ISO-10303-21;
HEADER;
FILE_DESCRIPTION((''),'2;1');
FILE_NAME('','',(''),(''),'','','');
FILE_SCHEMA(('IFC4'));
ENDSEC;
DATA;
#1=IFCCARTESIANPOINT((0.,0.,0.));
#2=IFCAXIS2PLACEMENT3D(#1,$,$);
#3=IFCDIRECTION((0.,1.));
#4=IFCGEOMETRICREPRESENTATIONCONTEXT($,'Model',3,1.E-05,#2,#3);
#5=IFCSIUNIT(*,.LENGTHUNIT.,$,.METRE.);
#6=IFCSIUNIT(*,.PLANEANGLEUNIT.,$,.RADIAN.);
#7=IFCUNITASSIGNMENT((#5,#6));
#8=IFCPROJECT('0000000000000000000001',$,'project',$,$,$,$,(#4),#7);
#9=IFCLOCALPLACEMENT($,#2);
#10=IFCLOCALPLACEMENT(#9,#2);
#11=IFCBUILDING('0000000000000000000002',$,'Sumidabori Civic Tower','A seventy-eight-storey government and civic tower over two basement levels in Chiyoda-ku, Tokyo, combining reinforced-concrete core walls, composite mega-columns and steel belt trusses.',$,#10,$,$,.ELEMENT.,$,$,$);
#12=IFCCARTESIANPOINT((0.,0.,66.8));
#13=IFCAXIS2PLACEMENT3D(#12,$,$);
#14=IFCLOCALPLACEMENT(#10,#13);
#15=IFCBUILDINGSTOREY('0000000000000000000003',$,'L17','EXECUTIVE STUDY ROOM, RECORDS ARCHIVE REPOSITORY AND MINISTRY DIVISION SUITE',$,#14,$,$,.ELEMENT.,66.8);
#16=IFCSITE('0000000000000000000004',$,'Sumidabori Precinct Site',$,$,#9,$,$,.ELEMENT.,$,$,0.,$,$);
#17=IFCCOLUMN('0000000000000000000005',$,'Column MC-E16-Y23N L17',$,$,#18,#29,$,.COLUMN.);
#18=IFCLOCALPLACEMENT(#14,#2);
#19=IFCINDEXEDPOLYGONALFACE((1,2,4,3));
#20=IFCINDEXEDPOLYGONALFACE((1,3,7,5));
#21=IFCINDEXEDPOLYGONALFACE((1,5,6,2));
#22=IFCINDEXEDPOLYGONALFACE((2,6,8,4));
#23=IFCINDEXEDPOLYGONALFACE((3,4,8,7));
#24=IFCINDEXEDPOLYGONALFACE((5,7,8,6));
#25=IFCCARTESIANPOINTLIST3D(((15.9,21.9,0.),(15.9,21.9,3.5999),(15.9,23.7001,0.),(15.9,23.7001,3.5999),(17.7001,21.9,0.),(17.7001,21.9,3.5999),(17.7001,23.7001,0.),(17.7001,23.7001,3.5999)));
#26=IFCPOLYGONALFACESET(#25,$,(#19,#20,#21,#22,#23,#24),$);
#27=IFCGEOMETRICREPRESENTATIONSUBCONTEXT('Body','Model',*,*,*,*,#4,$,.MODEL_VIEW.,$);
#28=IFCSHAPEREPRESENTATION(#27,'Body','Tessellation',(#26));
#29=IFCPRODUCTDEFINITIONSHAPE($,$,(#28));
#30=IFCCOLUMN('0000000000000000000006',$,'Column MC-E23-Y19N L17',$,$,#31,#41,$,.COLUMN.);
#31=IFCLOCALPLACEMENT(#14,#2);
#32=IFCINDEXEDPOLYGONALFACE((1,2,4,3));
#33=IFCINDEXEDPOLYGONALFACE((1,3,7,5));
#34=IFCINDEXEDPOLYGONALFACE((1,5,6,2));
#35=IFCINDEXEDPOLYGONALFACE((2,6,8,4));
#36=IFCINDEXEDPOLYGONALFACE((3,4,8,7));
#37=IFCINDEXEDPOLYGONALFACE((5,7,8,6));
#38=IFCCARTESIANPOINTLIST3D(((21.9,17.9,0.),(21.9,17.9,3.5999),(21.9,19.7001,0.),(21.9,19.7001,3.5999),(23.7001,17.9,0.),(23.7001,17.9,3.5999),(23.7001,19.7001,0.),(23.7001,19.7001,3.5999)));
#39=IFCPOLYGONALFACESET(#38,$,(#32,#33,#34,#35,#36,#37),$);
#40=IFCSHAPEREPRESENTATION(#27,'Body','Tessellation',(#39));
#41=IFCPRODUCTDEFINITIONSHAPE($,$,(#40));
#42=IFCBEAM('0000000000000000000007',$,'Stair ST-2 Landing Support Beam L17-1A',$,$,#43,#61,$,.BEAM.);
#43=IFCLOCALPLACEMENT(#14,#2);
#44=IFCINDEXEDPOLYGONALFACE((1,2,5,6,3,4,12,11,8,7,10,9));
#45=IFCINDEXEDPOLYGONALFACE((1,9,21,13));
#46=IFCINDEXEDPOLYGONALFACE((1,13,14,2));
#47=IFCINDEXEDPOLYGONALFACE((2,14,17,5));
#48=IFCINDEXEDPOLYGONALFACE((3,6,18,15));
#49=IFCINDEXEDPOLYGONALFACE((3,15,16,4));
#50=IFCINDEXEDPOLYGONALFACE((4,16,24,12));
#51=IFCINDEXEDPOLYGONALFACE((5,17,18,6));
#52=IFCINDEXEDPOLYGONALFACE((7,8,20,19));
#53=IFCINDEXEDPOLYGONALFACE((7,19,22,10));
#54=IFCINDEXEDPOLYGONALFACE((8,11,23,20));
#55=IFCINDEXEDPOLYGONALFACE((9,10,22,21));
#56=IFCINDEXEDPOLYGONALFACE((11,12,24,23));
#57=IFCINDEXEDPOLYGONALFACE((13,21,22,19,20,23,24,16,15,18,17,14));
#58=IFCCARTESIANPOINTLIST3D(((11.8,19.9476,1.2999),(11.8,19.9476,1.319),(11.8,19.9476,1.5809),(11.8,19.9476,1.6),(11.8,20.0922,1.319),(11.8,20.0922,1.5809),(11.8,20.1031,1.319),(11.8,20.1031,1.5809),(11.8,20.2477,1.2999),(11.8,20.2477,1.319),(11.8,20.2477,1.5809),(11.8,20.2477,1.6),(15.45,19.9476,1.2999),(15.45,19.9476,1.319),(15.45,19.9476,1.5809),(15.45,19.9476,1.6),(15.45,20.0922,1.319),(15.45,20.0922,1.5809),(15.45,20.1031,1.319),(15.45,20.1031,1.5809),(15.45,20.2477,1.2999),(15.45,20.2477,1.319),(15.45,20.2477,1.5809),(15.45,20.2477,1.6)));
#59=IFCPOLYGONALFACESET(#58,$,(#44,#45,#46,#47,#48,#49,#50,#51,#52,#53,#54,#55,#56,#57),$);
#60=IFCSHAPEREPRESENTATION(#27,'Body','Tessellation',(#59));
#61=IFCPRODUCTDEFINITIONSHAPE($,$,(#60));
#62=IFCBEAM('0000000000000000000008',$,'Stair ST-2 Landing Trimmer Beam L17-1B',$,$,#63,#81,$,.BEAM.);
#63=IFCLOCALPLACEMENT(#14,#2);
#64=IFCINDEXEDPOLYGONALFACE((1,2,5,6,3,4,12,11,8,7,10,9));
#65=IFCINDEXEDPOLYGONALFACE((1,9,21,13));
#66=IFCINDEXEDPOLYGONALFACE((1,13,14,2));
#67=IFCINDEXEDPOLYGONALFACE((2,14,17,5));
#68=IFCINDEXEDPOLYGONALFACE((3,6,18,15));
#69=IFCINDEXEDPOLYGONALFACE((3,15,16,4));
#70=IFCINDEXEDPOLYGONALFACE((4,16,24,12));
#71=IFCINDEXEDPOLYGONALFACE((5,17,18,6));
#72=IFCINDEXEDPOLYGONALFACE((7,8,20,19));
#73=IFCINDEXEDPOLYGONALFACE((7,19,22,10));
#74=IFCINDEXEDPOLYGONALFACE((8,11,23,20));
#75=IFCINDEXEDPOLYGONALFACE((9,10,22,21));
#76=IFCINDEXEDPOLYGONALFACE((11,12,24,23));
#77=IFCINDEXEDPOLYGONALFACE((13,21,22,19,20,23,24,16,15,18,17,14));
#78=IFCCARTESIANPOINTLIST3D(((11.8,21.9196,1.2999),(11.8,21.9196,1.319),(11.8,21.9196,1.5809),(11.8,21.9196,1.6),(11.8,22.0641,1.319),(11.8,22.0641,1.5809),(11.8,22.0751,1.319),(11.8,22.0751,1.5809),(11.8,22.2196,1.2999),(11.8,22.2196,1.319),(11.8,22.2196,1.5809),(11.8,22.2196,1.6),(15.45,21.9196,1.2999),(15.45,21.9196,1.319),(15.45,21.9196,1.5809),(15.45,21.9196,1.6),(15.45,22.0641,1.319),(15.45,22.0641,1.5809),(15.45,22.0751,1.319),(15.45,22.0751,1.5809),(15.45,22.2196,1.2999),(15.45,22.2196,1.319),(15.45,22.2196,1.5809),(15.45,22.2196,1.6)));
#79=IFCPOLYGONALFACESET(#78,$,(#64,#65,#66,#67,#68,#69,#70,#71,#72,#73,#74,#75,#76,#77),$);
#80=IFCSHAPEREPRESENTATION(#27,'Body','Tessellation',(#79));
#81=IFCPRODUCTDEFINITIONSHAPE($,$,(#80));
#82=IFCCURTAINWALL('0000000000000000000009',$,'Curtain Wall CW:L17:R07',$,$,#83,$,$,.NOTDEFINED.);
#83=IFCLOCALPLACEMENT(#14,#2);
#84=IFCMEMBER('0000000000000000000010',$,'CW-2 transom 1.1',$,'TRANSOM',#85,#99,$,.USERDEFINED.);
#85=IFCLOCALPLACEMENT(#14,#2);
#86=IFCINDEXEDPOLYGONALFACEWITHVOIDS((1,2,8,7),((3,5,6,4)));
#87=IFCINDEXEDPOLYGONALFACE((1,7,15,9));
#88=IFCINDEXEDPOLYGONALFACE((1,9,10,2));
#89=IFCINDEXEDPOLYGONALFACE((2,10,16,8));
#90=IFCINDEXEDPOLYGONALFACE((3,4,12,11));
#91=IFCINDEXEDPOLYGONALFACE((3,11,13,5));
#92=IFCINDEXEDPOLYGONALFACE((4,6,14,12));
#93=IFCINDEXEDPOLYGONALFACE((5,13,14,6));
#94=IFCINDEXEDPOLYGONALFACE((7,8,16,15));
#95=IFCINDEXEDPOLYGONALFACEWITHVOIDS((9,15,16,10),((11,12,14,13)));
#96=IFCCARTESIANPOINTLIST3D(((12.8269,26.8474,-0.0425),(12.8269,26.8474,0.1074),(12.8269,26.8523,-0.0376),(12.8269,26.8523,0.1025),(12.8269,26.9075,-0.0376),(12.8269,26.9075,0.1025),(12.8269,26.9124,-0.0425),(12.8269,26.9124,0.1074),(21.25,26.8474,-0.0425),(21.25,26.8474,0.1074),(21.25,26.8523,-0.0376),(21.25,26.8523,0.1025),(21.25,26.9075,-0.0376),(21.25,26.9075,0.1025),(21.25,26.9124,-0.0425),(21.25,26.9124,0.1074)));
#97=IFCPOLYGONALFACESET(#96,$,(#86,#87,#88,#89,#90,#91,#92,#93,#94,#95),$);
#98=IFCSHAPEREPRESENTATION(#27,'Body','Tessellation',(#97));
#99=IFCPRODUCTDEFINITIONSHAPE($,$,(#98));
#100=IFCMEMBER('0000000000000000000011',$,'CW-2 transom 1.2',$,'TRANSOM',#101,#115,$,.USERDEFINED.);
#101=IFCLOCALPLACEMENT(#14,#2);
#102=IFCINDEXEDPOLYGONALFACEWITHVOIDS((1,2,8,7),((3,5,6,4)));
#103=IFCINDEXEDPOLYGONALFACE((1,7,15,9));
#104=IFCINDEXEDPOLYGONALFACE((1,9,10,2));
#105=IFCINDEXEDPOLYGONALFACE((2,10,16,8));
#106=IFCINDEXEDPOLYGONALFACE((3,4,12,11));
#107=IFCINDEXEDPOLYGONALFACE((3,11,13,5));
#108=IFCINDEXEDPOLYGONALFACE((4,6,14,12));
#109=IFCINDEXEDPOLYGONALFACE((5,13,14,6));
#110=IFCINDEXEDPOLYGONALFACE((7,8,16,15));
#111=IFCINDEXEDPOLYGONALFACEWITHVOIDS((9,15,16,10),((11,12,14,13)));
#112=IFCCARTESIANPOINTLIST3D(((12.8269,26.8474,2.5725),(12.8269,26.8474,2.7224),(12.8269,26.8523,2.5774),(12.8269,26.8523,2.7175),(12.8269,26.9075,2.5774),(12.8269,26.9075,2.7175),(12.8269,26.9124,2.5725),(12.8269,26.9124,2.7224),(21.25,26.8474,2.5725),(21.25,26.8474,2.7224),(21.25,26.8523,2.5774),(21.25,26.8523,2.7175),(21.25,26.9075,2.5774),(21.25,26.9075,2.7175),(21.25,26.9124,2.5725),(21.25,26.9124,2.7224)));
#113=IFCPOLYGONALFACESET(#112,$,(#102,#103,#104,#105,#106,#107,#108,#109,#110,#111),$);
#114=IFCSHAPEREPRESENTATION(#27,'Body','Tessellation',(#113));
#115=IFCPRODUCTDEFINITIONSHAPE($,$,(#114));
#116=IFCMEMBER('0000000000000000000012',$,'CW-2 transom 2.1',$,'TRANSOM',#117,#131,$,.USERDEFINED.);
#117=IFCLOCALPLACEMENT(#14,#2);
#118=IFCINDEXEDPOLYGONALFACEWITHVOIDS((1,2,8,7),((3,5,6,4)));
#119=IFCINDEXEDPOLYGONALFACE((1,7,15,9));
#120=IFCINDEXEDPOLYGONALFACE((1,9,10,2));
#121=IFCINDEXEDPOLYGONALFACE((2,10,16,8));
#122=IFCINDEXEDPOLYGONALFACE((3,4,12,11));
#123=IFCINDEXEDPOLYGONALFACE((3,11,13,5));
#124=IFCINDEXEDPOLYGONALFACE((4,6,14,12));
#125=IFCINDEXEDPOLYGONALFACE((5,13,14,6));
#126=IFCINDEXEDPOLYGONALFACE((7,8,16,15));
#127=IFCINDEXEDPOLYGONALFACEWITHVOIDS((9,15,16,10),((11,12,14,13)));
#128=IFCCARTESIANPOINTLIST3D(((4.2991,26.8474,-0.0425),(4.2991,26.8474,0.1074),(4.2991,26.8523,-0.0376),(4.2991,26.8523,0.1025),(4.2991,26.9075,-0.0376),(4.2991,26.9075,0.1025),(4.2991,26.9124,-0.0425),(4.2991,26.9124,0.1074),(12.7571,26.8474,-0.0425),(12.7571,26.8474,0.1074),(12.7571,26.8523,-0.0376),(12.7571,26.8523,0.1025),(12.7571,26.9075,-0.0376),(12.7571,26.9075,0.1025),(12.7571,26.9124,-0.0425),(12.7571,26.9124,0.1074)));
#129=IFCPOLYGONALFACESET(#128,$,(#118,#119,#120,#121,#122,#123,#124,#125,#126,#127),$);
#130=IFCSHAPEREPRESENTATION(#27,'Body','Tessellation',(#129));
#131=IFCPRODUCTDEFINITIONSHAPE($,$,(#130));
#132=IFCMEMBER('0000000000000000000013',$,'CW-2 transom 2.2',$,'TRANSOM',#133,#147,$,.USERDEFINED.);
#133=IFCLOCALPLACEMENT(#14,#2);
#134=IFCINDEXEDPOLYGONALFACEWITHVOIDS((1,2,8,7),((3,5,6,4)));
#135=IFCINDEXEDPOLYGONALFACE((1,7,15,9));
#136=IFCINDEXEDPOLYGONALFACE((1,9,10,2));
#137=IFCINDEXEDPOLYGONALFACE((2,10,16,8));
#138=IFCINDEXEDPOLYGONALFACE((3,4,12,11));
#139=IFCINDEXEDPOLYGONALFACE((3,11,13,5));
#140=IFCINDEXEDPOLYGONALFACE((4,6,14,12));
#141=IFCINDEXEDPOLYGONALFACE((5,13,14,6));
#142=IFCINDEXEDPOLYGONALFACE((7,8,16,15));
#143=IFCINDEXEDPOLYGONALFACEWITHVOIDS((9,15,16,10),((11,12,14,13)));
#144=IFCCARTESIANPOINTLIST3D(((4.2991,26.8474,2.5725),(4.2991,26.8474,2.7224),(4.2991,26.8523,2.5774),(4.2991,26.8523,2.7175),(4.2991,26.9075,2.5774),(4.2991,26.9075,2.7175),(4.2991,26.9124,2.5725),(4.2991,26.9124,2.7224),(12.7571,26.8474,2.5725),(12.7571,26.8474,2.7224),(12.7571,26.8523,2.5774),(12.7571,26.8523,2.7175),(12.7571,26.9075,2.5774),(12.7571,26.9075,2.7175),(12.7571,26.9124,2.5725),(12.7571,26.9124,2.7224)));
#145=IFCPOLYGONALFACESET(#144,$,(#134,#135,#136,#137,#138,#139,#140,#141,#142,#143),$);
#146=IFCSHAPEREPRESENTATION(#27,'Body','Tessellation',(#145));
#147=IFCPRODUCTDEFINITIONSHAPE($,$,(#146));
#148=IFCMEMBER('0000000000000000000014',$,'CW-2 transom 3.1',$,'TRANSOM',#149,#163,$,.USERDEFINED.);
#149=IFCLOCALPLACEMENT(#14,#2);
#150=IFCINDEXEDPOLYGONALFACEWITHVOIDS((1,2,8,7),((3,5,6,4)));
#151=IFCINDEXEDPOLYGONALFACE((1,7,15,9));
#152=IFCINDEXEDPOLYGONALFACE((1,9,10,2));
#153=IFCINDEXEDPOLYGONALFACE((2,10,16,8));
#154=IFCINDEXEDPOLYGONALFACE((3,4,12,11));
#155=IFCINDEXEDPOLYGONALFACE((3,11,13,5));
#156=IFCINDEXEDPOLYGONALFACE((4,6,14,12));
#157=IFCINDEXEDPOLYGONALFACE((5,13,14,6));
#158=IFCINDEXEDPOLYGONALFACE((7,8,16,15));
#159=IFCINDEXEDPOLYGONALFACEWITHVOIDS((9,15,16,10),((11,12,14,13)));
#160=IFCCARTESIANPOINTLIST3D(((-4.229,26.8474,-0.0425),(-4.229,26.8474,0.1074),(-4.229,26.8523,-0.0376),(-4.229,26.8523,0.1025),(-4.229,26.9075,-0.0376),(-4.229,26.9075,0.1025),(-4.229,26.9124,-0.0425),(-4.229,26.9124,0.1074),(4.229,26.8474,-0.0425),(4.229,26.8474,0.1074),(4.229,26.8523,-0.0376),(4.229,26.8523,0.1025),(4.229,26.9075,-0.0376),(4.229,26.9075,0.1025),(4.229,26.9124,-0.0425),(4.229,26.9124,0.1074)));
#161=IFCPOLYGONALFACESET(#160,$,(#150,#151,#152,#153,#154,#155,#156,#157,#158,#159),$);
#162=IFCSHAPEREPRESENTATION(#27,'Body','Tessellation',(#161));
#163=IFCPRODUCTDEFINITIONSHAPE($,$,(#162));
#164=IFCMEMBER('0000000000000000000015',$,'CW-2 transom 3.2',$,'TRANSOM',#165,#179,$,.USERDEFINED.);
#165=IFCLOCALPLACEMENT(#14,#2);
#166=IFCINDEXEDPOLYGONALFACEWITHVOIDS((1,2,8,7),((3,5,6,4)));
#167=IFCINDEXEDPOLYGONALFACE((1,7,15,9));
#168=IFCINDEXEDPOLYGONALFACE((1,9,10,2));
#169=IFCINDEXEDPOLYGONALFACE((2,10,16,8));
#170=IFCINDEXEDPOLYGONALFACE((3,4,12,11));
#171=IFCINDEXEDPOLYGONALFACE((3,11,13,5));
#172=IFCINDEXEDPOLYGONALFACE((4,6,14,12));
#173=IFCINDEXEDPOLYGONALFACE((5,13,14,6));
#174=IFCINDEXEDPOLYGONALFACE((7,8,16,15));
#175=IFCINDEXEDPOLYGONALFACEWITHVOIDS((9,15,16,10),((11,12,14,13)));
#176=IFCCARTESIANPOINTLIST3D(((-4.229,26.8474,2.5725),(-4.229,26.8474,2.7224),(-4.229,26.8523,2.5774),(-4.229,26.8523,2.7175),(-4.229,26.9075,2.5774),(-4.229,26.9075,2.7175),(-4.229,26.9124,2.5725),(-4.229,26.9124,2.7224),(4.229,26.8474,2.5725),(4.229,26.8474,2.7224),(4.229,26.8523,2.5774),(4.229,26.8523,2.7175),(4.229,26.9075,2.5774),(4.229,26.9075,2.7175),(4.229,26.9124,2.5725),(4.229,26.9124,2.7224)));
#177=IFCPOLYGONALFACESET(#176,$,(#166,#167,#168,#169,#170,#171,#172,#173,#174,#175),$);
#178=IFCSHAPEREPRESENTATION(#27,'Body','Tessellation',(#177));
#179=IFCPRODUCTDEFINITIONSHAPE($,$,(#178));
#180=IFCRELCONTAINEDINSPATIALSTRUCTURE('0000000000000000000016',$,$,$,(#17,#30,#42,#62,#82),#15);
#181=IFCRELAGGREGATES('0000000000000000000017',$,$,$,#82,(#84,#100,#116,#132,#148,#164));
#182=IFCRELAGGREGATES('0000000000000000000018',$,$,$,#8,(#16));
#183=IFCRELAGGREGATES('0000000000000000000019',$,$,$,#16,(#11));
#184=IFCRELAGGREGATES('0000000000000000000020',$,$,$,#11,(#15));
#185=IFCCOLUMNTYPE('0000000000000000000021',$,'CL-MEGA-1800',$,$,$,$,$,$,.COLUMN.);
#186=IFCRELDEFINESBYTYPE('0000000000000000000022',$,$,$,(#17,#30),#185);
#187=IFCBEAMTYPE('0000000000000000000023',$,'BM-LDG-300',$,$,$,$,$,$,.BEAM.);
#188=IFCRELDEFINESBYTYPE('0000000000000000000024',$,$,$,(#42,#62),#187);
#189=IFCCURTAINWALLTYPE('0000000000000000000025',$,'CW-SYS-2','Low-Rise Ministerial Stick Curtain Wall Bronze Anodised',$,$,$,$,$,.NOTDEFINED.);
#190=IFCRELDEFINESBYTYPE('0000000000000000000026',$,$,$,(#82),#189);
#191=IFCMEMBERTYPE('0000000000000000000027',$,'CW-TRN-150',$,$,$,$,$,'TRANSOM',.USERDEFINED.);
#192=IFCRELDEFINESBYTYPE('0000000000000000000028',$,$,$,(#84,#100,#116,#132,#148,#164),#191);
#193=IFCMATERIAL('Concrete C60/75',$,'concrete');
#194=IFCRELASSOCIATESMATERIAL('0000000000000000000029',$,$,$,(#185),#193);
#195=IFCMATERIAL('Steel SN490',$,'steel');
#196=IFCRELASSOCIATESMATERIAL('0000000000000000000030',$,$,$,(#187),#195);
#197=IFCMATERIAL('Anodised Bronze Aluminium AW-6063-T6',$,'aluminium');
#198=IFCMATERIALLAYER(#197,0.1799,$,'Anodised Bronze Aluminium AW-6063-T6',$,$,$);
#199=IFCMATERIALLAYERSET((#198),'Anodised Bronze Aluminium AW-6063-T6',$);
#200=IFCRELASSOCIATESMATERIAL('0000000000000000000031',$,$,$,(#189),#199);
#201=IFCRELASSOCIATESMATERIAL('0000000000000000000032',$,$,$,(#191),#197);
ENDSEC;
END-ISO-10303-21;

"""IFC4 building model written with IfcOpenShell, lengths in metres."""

from ifc_helpers import new_model, si_unit, direction, frame, origin, origin_2d, place, context, subcontext, project, spatial, rectangle, hollow_rectangle, i_section, extrude, source, transform, mapped, material, layer, layer_set, material_profile, profile_set, type_object, element, aggregate, save


model = new_model("IFC4")

# Units and contexts
model_context = context("Model", 3, precision=1e-05, world=origin(), true_north=direction((0.0, 1.0)))
body_context = subcontext(model_context, "Body", "Model", "MODEL_VIEW")
ifc_project = project(units=[si_unit("LENGTHUNIT", "METRE"), si_unit("PLANEANGLEUNIT", "RADIAN")], contexts=[model_context])

# Site, building, storey
site_placement = place(None, origin())
site = spatial("IfcSite", under=ifc_project, at=site_placement, Name="Sumidabori Precinct Site", CompositionType="ELEMENT", RefElevation=0.0)
building_placement = place(site_placement, origin())
building = spatial("IfcBuilding", under=site, at=building_placement, Name="Sumidabori Civic Tower", Description="A seventy-eight-storey government and civic tower over two basement levels in Chiyoda-ku, Tokyo, combining reinforced-concrete core walls, composite mega-columns and steel belt trusses.", CompositionType="ELEMENT")
storey_placement = place(building_placement, frame((0.0, 0.0, 66.8)))
storey = spatial("IfcBuildingStorey", under=building, at=storey_placement, Name="L17", Description="EXECUTIVE STUDY ROOM, RECORDS ARCHIVE REPOSITORY AND MINISTRY DIVISION SUITE", CompositionType="ELEMENT", Elevation=66.8)

# Columns
ifc_material_1 = material(Name="Concrete C60/75", Category="concrete")
ifc_material_profile_1 = material_profile(ifc_material_1, rectangle(XDim=1.8, YDim=1.8, at=origin_2d()), Name="RC 1800x1800")
ifc_profile_set_1 = profile_set([ifc_material_profile_1], Name="Concrete C60/75")
column_type = type_object("IfcColumnType", Name="CL-MEGA-1800", PredefinedType="COLUMN", material=ifc_profile_set_1)
shared_shape_1 = source(origin(), body_context, "Body", "SweptSolid", [
    extrude(rectangle(XDim=1.8, YDim=1.8, at=origin_2d()), origin(), (0.0, 0.0, 1.0), 3.5999),
])
for number, where, z_axis, x_axis, name in (
    (1, (16.8, 22.8, 0.0), (0.0, 0.0, 1.0), (1.0, 0.0, 0.0), "Column MC-E16-Y23N L17"),
    (2, (22.8, 18.8, 0.0), (0.0, 0.0, 1.0), (1.0, 0.0, 0.0), "Column MC-E23-Y19N L17"),
):
    element("IfcColumn", number, at=place(storey_placement, frame(where, z_axis=z_axis, x_axis=x_axis)), inside=storey, type_object=column_type, Name=name, PredefinedType="COLUMN", context=body_context, shape_type="MappedRepresentation", body=[
        mapped(shared_shape_1, transform((0.0, 0.0, 0.0), x_axis=(1.0, 0.0, 0.0), y_axis=(0.0, 1.0, 0.0), z_axis=(0.0, 0.0, 1.0), scale=1.0)),
    ])

# Beams
ifc_material_2 = material(Name="Steel SN490", Category="steel")
ifc_material_profile_2 = material_profile(ifc_material_2, i_section(OverallWidth=0.3, OverallDepth=0.3, WebThickness=0.011, FlangeThickness=0.019, at=origin_2d()), Name="HE 300 B")
ifc_profile_set_2 = profile_set([ifc_material_profile_2], Name="Steel SN490")
beam_type = type_object("IfcBeamType", Name="BM-LDG-300", PredefinedType="BEAM", material=ifc_profile_set_2)
shared_shape_2 = source(origin(), body_context, "Body", "SweptSolid", [
    extrude(i_section(OverallWidth=0.3, OverallDepth=0.3, WebThickness=0.011, FlangeThickness=0.019, at=origin_2d()), origin(), (0.0, 0.0, 1.0), 3.6499),
])
for number, where, z_axis, x_axis, name in (
    (3, (11.8, 20.0977, 1.45), (1.0, 0.0, 0.0), (0.0, 1.0, 0.0), "Stair ST-2 Landing Support Beam L17-1A"),
    (4, (11.8, 22.0696, 1.45), (1.0, 0.0, 0.0), (0.0, 1.0, 0.0), "Stair ST-2 Landing Trimmer Beam L17-1B"),
):
    element("IfcBeam", number, at=place(storey_placement, frame(where, z_axis=z_axis, x_axis=x_axis)), inside=storey, type_object=beam_type, Name=name, PredefinedType="BEAM", context=body_context, shape_type="MappedRepresentation", body=[
        mapped(shared_shape_2, transform((0.0, 0.0, 0.0), x_axis=(1.0, 0.0, 0.0), y_axis=(0.0, 1.0, 0.0), z_axis=(0.0, 0.0, 1.0), scale=1.0)),
    ])

# Curtain wall, members
ifc_material_3 = material(Name="Anodised Bronze Aluminium AW-6063-T6", Category="aluminium")
ifc_layer_1 = layer(ifc_material_3, 0.1799, Name="Anodised Bronze Aluminium AW-6063-T6")
ifc_layer_set_1 = layer_set([ifc_layer_1], Name="Anodised Bronze Aluminium AW-6063-T6")
curtain_wall_type = type_object("IfcCurtainWallType", Name="CW-SYS-2", Description="Low-Rise Ministerial Stick Curtain Wall Bronze Anodised", PredefinedType="NOTDEFINED", material=ifc_layer_set_1)
curtain_wall_1_placement = place(storey_placement, origin())
curtain_wall_1 = element("IfcCurtainWall", 5, at=curtain_wall_1_placement, inside=storey, type_object=curtain_wall_type, Name="Curtain Wall CW:L17:R07", PredefinedType="NOTDEFINED")
ifc_material_profile_3 = material_profile(ifc_material_3, hollow_rectangle(XDim=0.0649, YDim=0.1499, WallThickness=0.0049, at=origin_2d()), Name="ALU TRANSOM 150x65")
ifc_profile_set_3 = profile_set([ifc_material_profile_3], Name="Anodised Bronze Aluminium AW-6063-T6")
member_type_1 = type_object("IfcMemberType", Name="CW-TRN-150", ElementType="TRANSOM", PredefinedType="USERDEFINED", material=ifc_profile_set_3)
shared_shape_3 = source(origin(), body_context, "Body", "SweptSolid", [
    extrude(hollow_rectangle(XDim=0.0649, YDim=0.1499, WallThickness=0.0049, at=origin_2d()), origin(), (0.0, 0.0, 1.0), 8.4231),
])
member_1_placement = place(storey_placement, frame((21.25, 26.8799, 0.0325), z_axis=(-1.0, 0.0, 0.0), x_axis=(0.0, -1.0, 0.0)))
member_1 = element("IfcMember", 6, at=member_1_placement, type_object=member_type_1, Name="CW-2 transom 1.1", ObjectType="TRANSOM", PredefinedType="USERDEFINED", context=body_context, shape_type="MappedRepresentation", body=[
    mapped(shared_shape_3, transform((0.0, 0.0, 0.0), x_axis=(1.0, 0.0, 0.0), y_axis=(0.0, 1.0, 0.0), z_axis=(0.0, 0.0, 1.0), scale=1.0)),
])
member_2_placement = place(storey_placement, frame((21.25, 26.8799, 2.6475), z_axis=(-1.0, 0.0, 0.0), x_axis=(0.0, -1.0, 0.0)))
member_2 = element("IfcMember", 7, at=member_2_placement, type_object=member_type_1, Name="CW-2 transom 1.2", ObjectType="TRANSOM", PredefinedType="USERDEFINED", context=body_context, shape_type="MappedRepresentation", body=[
    mapped(shared_shape_3, transform((0.0, 0.0, 0.0), x_axis=(1.0, 0.0, 0.0), y_axis=(0.0, 1.0, 0.0), z_axis=(0.0, 0.0, 1.0), scale=1.0)),
])
shared_shape_4 = source(origin(), body_context, "Body", "SweptSolid", [
    extrude(hollow_rectangle(XDim=0.0649, YDim=0.1499, WallThickness=0.0049, at=origin_2d()), origin(), (0.0, 0.0, 1.0), 8.458),
])
member_3_placement = place(storey_placement, frame((12.7571, 26.8799, 0.0325), z_axis=(-1.0, 0.0, 0.0), x_axis=(0.0, -1.0, 0.0)))
member_3 = element("IfcMember", 8, at=member_3_placement, type_object=member_type_1, Name="CW-2 transom 2.1", ObjectType="TRANSOM", PredefinedType="USERDEFINED", context=body_context, shape_type="MappedRepresentation", body=[
    mapped(shared_shape_4, transform((0.0, 0.0, 0.0), x_axis=(1.0, 0.0, 0.0), y_axis=(0.0, 1.0, 0.0), z_axis=(0.0, 0.0, 1.0), scale=1.0)),
])
member_4_placement = place(storey_placement, frame((12.7571, 26.8799, 2.6475), z_axis=(-1.0, 0.0, 0.0), x_axis=(0.0, -1.0, 0.0)))
member_4 = element("IfcMember", 9, at=member_4_placement, type_object=member_type_1, Name="CW-2 transom 2.2", ObjectType="TRANSOM", PredefinedType="USERDEFINED", context=body_context, shape_type="MappedRepresentation", body=[
    mapped(shared_shape_4, transform((0.0, 0.0, 0.0), x_axis=(1.0, 0.0, 0.0), y_axis=(0.0, 1.0, 0.0), z_axis=(0.0, 0.0, 1.0), scale=1.0)),
])
member_5_placement = place(storey_placement, frame((4.229, 26.8799, 0.0325), z_axis=(-1.0, 0.0, 0.0), x_axis=(0.0, -1.0, 0.0)))
member_5 = element("IfcMember", 10, at=member_5_placement, type_object=member_type_1, Name="CW-2 transom 3.1", ObjectType="TRANSOM", PredefinedType="USERDEFINED", context=body_context, shape_type="MappedRepresentation", body=[
    mapped(shared_shape_4, transform((0.0, 0.0, 0.0), x_axis=(1.0, 0.0, 0.0), y_axis=(0.0, 1.0, 0.0), z_axis=(0.0, 0.0, 1.0), scale=1.0)),
])
member_6_placement = place(storey_placement, frame((4.229, 26.8799, 2.6475), z_axis=(-1.0, 0.0, 0.0), x_axis=(0.0, -1.0, 0.0)))
member_6 = element("IfcMember", 11, at=member_6_placement, type_object=member_type_1, Name="CW-2 transom 3.2", ObjectType="TRANSOM", PredefinedType="USERDEFINED", context=body_context, shape_type="MappedRepresentation", body=[
    mapped(shared_shape_4, transform((0.0, 0.0, 0.0), x_axis=(1.0, 0.0, 0.0), y_axis=(0.0, 1.0, 0.0), z_axis=(0.0, 0.0, 1.0), scale=1.0)),
])

aggregate(curtain_wall_1, [member_1, member_2, member_3, member_4, member_5, member_6])

save(model, "model.ifc")
